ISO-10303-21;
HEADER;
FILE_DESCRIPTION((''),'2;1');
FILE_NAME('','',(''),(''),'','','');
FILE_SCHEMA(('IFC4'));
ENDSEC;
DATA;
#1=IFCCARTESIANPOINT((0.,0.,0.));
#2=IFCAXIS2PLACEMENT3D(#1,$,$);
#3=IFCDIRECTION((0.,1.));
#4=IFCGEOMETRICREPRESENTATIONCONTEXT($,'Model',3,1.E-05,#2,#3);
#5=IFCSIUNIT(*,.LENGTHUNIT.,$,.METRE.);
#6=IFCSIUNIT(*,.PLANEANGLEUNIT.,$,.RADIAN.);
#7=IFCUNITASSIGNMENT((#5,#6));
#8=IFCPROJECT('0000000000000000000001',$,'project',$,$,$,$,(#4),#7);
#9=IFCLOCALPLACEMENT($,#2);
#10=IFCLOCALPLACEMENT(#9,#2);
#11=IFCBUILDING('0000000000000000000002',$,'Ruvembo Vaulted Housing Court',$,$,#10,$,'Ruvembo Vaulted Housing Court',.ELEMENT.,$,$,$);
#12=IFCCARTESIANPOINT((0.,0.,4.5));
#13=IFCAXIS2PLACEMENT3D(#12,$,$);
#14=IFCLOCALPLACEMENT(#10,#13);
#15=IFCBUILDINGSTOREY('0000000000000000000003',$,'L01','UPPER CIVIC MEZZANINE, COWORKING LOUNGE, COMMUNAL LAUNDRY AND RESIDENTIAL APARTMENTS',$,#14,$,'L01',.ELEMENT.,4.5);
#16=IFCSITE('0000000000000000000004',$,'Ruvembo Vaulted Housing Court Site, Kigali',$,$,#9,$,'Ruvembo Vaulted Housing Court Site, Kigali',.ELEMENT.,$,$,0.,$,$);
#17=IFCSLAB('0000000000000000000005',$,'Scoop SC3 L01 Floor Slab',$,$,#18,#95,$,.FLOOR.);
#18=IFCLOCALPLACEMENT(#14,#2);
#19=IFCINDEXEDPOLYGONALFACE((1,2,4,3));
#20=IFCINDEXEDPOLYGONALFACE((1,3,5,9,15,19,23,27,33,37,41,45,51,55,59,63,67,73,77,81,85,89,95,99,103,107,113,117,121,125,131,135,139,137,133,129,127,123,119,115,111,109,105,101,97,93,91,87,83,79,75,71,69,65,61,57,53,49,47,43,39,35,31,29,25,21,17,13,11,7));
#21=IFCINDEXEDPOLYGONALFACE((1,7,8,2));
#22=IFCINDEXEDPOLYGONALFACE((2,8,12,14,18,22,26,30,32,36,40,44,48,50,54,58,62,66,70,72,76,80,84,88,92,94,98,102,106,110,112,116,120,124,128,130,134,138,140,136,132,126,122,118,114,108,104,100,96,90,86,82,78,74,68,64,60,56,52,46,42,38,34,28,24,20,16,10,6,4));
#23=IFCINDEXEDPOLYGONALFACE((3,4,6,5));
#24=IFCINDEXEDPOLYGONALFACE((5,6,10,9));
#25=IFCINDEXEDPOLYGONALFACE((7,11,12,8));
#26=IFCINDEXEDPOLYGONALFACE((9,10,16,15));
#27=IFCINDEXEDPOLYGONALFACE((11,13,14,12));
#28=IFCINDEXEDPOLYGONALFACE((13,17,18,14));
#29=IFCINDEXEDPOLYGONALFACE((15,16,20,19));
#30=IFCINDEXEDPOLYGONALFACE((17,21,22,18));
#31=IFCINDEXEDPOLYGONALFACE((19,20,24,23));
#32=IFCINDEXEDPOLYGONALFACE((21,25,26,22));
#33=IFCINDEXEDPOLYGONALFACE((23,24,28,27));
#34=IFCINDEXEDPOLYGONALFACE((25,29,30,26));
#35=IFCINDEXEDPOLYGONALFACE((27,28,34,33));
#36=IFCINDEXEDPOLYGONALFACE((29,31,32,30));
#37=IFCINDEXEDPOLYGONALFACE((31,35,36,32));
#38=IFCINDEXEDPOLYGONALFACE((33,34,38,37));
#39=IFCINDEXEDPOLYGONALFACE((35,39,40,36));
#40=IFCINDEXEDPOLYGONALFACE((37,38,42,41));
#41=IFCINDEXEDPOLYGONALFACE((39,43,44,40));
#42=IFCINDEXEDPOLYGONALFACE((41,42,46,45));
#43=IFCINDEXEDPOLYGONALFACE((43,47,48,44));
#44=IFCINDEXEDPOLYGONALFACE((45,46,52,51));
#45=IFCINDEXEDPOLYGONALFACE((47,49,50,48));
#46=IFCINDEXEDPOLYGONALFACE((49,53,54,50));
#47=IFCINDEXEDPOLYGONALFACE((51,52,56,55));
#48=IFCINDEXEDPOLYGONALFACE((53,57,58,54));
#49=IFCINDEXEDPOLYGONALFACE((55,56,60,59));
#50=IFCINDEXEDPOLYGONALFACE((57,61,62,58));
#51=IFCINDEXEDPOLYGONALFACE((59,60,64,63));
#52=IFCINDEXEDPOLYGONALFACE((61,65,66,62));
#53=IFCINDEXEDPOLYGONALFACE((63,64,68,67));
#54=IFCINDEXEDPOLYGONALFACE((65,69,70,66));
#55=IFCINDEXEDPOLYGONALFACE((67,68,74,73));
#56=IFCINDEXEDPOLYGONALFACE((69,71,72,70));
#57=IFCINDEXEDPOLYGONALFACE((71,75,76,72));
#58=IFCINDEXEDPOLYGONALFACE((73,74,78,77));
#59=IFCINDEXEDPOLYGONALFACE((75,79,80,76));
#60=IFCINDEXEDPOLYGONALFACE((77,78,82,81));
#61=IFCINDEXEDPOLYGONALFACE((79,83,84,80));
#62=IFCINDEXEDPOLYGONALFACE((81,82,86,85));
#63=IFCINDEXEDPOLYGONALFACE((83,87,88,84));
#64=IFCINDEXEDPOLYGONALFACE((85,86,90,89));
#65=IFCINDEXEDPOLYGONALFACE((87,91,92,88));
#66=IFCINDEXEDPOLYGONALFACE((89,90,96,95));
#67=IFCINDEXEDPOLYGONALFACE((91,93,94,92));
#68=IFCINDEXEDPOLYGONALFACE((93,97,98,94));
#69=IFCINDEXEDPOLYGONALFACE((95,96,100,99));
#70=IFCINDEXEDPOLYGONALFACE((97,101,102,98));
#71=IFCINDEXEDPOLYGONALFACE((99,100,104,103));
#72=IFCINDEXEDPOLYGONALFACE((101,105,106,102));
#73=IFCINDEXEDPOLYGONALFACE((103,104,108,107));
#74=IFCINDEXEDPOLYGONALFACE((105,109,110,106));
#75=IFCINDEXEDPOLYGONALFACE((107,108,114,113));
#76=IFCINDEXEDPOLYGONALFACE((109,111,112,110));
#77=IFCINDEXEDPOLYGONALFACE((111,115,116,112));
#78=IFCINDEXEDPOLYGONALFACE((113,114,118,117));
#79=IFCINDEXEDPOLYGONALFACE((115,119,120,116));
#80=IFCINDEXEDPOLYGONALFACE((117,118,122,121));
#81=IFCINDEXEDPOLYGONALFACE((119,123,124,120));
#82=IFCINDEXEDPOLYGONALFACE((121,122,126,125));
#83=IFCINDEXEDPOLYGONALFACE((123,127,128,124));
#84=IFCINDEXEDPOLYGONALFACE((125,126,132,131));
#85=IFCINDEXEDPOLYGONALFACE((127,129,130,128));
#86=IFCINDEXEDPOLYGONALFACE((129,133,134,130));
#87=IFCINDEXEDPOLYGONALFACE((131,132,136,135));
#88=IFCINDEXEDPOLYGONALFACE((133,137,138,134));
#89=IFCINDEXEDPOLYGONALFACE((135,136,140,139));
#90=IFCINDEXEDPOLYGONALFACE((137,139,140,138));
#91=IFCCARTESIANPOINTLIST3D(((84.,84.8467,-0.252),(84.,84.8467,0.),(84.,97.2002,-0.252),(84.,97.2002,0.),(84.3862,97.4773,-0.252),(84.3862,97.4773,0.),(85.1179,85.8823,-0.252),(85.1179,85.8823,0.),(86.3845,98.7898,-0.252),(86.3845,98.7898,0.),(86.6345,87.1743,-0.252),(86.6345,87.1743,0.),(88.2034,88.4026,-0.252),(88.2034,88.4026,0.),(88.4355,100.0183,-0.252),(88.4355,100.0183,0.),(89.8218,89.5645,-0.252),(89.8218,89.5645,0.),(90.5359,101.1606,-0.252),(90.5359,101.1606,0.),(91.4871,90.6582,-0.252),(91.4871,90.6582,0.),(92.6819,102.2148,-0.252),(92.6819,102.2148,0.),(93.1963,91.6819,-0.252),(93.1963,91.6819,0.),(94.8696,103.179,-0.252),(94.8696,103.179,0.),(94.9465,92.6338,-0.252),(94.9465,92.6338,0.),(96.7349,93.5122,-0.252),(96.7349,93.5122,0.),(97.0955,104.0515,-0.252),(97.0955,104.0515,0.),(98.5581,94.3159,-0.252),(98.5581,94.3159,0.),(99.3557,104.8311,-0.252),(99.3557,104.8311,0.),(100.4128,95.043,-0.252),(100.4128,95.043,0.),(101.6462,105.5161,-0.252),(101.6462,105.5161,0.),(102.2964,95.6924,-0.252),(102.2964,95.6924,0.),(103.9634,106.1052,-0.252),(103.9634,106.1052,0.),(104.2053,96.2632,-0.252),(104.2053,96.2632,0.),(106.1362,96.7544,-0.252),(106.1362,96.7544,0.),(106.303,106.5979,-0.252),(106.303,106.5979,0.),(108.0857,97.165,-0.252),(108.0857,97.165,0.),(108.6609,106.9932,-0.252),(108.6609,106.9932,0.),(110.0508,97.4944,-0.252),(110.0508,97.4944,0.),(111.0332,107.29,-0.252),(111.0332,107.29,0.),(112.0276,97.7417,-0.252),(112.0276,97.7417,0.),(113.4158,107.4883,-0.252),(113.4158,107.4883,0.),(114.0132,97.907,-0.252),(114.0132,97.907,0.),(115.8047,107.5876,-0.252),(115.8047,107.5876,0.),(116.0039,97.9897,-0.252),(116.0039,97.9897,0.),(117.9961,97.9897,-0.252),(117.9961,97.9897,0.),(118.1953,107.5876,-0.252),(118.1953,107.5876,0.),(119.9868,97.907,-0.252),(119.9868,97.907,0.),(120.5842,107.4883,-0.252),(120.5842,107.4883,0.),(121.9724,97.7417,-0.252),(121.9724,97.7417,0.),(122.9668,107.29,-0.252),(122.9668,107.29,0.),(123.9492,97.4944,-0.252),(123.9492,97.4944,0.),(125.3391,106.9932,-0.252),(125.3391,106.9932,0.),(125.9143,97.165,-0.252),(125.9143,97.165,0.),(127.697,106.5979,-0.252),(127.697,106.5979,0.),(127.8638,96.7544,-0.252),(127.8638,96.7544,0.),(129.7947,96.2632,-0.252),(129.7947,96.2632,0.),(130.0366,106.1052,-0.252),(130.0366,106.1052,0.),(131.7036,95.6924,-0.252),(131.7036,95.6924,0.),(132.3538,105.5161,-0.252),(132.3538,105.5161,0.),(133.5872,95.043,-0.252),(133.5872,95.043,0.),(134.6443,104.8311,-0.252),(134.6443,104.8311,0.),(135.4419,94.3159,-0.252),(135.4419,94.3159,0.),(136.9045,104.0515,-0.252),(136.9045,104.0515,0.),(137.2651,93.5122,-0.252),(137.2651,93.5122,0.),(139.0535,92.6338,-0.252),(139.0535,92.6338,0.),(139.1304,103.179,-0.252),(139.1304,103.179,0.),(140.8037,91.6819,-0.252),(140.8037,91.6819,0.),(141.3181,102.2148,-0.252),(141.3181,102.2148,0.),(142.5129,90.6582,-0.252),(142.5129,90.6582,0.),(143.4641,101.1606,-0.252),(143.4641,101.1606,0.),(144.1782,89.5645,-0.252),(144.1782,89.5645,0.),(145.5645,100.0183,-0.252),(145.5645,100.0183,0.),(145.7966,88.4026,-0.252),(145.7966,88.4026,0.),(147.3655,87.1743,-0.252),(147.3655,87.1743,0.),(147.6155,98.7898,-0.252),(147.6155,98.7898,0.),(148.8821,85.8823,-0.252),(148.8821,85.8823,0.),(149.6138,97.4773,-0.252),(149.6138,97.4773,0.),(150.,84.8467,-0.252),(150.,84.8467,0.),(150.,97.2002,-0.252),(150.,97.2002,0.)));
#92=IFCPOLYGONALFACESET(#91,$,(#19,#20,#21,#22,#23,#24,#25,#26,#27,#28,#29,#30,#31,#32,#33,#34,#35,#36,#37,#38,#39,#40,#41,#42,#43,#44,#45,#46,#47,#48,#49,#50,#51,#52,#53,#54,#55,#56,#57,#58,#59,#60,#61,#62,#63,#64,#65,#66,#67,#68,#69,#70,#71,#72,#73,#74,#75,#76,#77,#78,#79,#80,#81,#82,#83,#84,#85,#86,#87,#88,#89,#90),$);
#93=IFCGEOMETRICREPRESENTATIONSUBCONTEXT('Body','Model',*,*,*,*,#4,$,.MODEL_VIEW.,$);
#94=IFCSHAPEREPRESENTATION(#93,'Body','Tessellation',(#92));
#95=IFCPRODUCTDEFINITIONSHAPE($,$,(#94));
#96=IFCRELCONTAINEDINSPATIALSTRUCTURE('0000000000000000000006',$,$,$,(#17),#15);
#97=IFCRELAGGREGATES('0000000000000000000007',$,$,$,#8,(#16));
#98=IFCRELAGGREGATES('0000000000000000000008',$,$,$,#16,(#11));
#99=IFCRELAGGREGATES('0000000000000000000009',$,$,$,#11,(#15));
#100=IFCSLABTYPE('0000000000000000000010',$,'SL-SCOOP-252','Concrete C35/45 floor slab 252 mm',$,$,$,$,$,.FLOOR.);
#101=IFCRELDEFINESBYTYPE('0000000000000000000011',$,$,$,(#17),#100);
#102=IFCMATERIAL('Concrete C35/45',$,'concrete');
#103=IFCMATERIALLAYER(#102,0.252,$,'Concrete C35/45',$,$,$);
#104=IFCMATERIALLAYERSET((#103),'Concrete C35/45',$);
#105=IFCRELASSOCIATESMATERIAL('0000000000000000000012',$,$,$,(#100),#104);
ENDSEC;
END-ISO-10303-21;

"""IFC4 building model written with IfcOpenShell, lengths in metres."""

from ifc_helpers import new_model, si_unit, direction, frame, origin, place, context, subcontext, project, spatial, polyline, outline, extrude, material, layer, layer_set, type_object, element, save


model = new_model("IFC4")

# Units and contexts
model_context = context("Model", 3, precision=1e-05, world=origin(), true_north=direction((0.0, 1.0)))
body_context = subcontext(model_context, "Body", "Model", "MODEL_VIEW")
ifc_project = project(units=[si_unit("LENGTHUNIT", "METRE"), si_unit("PLANEANGLEUNIT", "RADIAN")], contexts=[model_context])

# Site, building, storey
site_placement = place(None, origin())
site = spatial("IfcSite", under=ifc_project, at=site_placement, Name="Ruvembo Vaulted Housing Court Site, Kigali", LongName="Ruvembo Vaulted Housing Court Site, Kigali", CompositionType="ELEMENT", RefElevation=0.0)
building_placement = place(site_placement, origin())
building = spatial("IfcBuilding", under=site, at=building_placement, Name="Ruvembo Vaulted Housing Court", LongName="Ruvembo Vaulted Housing Court", CompositionType="ELEMENT")
storey_placement = place(building_placement, frame((0.0, 0.0, 4.5)))
storey = spatial("IfcBuildingStorey", under=building, at=storey_placement, Name="L01", Description="UPPER CIVIC MEZZANINE, COWORKING LOUNGE, COMMUNAL LAUNDRY AND RESIDENTIAL APARTMENTS", LongName="L01", CompositionType="ELEMENT", Elevation=4.5)

# Slab
ifc_material_1 = material(Name="Concrete C35/45", Category="concrete")
ifc_layer_1 = layer(ifc_material_1, 0.252, Name="Concrete C35/45")
ifc_layer_set_1 = layer_set([ifc_layer_1], Name="Concrete C35/45")
slab_type_1 = type_object("IfcSlabType", Name="SL-SCOOP-252", Description="Concrete C35/45 floor slab 252 mm", PredefinedType="FLOOR", material=ifc_layer_set_1)
slab_1_placement = place(storey_placement, frame((0.0, 0.0, -0.252)))
element("IfcSlab", 1, at=slab_1_placement, inside=storey, type_object=slab_type_1, Name="Scoop SC3 L01 Floor Slab", PredefinedType="FLOOR", context=body_context, shape_type="SweptSolid", body=[
    extrude(outline(polyline([(150.0, 84.8467), (150.0, 97.2002), (149.6138, 97.4773), (147.6155, 98.7898), (145.5645, 100.0183), (143.4641, 101.1606), (141.3181, 102.2148), (139.1304, 103.179), (136.9045, 104.0515), (134.6443, 104.8311), (132.3538, 105.5161), (130.0366, 106.1052), (127.697, 106.5979), (125.3391, 106.9932), (122.9668, 107.29), (120.5842, 107.4883), (118.1953, 107.5876), (115.8047, 107.5876), (113.4158, 107.4883), (111.0332, 107.29), (108.6609, 106.9932), (106.303, 106.5979), (103.9634, 106.1052), (101.6462, 105.5161), (99.3557, 104.8311), (97.0955, 104.0515), (94.8696, 103.179), (92.6819, 102.2148), (90.5359, 101.1606), (88.4355, 100.0183), (86.3845, 98.7898), (84.3862, 97.4773), (84.0, 97.2002), (84.0, 84.8467), (85.1179, 85.8823), (86.6345, 87.1743), (88.2034, 88.4026), (89.8218, 89.5645), (91.4871, 90.6582), (93.1963, 91.6819), (94.9465, 92.6338), (96.7349, 93.5122), (98.5581, 94.3159), (100.4128, 95.043), (102.2964, 95.6924), (104.2053, 96.2632), (106.1362, 96.7544), (108.0857, 97.165), (110.0508, 97.4944), (112.0276, 97.7417), (114.0132, 97.907), (116.0039, 97.9897), (117.9961, 97.9897), (119.9868, 97.907), (121.9724, 97.7417), (123.9492, 97.4944), (125.9143, 97.165), (127.8638, 96.7544), (129.7947, 96.2632), (131.7036, 95.6924), (133.5872, 95.043), (135.4419, 94.3159), (137.2651, 93.5122), (139.0535, 92.6338), (140.8037, 91.6819), (142.5129, 90.6582), (144.1782, 89.5645), (145.7966, 88.4026), (147.3655, 87.1743), (148.8821, 85.8823), (150.0, 84.8467)])), origin(), (0.0, 0.0, 1.0), 0.252),
])

save(model, "model.ifc")
